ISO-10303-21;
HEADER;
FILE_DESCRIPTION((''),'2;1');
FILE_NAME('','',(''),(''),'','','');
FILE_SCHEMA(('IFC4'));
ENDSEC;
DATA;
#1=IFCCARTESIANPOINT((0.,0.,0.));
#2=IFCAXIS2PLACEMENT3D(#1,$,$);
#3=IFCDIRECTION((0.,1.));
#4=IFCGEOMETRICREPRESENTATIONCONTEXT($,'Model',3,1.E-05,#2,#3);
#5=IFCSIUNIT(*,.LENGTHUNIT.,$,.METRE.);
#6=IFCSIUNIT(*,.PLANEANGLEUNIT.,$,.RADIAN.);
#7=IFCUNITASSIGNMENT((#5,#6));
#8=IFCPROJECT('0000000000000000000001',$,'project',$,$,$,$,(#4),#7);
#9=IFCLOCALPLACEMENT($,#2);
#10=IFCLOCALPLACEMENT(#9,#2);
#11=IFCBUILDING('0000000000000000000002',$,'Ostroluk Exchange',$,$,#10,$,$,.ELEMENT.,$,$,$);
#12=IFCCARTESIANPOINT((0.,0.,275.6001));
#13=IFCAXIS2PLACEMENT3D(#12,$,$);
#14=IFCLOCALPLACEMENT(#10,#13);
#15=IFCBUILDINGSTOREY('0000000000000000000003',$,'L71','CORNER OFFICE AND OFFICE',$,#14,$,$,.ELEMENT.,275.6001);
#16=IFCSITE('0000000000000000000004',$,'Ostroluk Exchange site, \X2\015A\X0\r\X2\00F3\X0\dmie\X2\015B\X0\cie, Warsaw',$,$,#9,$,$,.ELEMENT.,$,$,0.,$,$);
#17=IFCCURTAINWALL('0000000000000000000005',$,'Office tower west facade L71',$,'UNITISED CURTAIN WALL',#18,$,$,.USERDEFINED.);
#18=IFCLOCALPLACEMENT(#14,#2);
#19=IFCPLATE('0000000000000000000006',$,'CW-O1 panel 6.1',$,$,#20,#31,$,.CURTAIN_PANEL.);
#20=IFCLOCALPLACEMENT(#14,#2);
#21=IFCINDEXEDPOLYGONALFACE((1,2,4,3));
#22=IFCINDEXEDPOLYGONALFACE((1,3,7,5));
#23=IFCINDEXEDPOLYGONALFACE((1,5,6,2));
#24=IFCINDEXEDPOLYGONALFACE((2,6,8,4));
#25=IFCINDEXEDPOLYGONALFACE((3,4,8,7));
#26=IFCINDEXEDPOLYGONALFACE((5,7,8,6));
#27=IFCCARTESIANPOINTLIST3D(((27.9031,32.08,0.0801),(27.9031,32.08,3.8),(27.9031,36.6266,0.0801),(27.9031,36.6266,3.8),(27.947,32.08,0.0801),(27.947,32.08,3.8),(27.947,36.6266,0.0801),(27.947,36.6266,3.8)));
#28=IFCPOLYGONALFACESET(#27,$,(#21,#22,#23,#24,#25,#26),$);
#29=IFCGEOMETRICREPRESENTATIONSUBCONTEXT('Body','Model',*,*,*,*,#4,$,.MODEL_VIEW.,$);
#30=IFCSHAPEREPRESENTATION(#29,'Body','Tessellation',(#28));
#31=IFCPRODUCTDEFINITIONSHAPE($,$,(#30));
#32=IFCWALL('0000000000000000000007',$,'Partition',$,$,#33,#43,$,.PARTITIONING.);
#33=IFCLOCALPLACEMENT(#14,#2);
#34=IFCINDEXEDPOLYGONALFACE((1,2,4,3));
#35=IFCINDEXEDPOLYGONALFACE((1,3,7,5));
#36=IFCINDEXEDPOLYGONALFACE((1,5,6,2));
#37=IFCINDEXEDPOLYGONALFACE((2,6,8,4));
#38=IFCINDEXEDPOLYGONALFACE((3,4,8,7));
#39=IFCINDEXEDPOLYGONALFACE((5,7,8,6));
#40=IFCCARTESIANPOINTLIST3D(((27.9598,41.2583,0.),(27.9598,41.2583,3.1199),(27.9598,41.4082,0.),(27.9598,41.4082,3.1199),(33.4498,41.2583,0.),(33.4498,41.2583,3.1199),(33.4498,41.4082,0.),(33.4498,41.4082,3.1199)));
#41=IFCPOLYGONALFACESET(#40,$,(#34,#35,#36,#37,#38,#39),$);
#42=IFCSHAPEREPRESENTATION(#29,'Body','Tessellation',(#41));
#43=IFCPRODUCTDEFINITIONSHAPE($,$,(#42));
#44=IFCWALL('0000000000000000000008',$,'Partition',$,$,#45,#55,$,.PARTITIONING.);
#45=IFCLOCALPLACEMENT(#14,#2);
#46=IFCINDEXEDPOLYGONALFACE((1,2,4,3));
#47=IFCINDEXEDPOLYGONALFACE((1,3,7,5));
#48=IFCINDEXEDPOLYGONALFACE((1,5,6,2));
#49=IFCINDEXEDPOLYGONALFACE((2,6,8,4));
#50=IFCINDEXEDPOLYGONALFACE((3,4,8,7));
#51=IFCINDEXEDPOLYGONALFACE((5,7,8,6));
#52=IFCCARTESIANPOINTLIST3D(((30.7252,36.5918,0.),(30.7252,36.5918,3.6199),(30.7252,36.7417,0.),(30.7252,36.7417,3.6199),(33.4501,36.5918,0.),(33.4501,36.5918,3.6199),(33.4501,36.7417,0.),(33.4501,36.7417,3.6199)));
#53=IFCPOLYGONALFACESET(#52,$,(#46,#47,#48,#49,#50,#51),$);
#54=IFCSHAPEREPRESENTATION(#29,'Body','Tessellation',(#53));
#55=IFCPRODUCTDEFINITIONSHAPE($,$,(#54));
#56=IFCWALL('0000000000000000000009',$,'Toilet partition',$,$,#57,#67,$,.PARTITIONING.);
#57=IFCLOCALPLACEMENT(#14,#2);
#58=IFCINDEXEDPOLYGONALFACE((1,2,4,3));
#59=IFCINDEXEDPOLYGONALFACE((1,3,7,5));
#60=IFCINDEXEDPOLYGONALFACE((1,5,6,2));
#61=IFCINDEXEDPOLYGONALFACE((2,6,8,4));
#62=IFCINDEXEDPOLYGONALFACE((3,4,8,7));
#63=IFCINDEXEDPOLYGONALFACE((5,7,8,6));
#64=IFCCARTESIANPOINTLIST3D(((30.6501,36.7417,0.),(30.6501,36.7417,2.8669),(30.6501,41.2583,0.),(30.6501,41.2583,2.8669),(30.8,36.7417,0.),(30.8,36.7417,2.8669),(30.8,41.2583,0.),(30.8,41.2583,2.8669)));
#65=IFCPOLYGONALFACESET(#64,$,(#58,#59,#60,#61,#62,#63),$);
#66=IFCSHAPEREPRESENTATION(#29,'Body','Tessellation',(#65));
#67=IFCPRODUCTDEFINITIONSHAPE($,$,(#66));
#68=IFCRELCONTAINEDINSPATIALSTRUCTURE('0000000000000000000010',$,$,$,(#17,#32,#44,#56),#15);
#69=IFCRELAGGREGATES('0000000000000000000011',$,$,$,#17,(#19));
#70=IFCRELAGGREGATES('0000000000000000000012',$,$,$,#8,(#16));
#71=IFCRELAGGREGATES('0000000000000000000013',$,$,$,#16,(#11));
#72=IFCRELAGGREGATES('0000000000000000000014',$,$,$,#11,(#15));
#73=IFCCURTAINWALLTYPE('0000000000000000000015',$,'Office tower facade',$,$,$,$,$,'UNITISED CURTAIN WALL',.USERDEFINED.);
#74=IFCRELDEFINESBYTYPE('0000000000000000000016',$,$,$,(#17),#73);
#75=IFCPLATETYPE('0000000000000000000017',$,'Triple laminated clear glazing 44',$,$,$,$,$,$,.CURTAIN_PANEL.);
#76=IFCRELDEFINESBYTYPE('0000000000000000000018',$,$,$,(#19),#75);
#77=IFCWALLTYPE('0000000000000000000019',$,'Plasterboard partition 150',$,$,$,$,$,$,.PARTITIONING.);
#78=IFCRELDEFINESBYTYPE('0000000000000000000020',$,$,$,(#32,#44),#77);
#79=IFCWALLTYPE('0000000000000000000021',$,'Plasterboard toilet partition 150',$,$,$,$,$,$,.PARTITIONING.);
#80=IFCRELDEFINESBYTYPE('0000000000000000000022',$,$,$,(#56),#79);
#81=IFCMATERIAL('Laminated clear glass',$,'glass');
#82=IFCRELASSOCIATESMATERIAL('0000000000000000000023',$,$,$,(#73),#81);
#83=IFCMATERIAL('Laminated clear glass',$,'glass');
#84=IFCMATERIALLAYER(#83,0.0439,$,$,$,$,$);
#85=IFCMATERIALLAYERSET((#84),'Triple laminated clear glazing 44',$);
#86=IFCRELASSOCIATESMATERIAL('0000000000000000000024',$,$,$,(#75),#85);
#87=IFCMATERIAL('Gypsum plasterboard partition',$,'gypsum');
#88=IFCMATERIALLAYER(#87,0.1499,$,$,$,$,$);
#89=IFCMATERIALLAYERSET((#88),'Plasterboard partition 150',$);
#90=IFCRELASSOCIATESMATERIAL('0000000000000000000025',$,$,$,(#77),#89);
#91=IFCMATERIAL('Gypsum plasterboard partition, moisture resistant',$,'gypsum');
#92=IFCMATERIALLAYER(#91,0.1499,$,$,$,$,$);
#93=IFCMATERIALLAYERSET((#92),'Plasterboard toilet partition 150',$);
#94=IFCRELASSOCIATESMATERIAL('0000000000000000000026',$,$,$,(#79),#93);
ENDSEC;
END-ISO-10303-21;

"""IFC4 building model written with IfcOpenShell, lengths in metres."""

from ifc_helpers import new_model, si_unit, direction, frame, frame_2d, origin, origin_2d, place, context, subcontext, project, spatial, rectangle, extrude, material, layer, layer_set, type_object, element, aggregate, save


model = new_model("IFC4")

# Units and contexts
model_context = context("Model", 3, precision=1e-05, world=origin(), true_north=direction((0.0, 1.0)))
body_context = subcontext(model_context, "Body", "Model", "MODEL_VIEW")
ifc_project = project(units=[si_unit("LENGTHUNIT", "METRE"), si_unit("PLANEANGLEUNIT", "RADIAN")], contexts=[model_context])

# Site, building, storey
site_placement = place(None, origin())
site = spatial("IfcSite", under=ifc_project, at=site_placement, Name="Ostroluk Exchange site, Śródmieście, Warsaw", CompositionType="ELEMENT", RefElevation=0.0)
building_placement = place(site_placement, origin())
building = spatial("IfcBuilding", under=site, at=building_placement, Name="Ostroluk Exchange", CompositionType="ELEMENT")
storey_placement = place(building_placement, frame((0.0, 0.0, 275.6001)))
storey = spatial("IfcBuildingStorey", under=building, at=storey_placement, Name="L71", Description="CORNER OFFICE AND OFFICE", CompositionType="ELEMENT", Elevation=275.6001)

# Curtain wall, plate
ifc_material_1 = material(Name="Laminated clear glass", Category="glass")
curtain_wall_type = type_object("IfcCurtainWallType", Name="Office tower facade", ElementType="UNITISED CURTAIN WALL", PredefinedType="USERDEFINED", material=ifc_material_1)
curtain_wall_placement = place(storey_placement, origin())
curtain_wall = element("IfcCurtainWall", 1, at=curtain_wall_placement, inside=storey, type_object=curtain_wall_type, Name="Office tower west facade L71", ObjectType="UNITISED CURTAIN WALL", PredefinedType="USERDEFINED")
ifc_material_2 = material(Name="Laminated clear glass", Category="glass")
ifc_layer_1 = layer(ifc_material_2, 0.0439)
ifc_layer_set_1 = layer_set([ifc_layer_1], Name="Triple laminated clear glazing 44")
plate_type = type_object("IfcPlateType", Name="Triple laminated clear glazing 44", PredefinedType="CURTAIN_PANEL", material=ifc_layer_set_1)
plate_1_placement = place(storey_placement, frame((27.925, 34.3533, 0.0801), z_axis=(0.0, 0.0, 1.0), x_axis=(0.0, -1.0, 0.0)))
plate_1 = element("IfcPlate", 2, at=plate_1_placement, type_object=plate_type, Name="CW-O1 panel 6.1", PredefinedType="CURTAIN_PANEL", context=body_context, shape_type="SweptSolid", body=[
    extrude(rectangle(XDim=4.5466, YDim=0.0439, at=origin_2d()), origin(), (0.0, 0.0, 1.0), 3.72),
])
aggregate(curtain_wall, [plate_1])

# Walls
ifc_material_3 = material(Name="Gypsum plasterboard partition", Category="gypsum")
ifc_layer_2 = layer(ifc_material_3, 0.1499)
ifc_layer_set_2 = layer_set([ifc_layer_2], Name="Plasterboard partition 150")
wall_type_1 = type_object("IfcWallType", Name="Plasterboard partition 150", PredefinedType="PARTITIONING", material=ifc_layer_set_2)
wall_1_placement = place(storey_placement, frame((33.45, 41.3333, 0.0), z_axis=(0.0, 0.0, 1.0), x_axis=(-1.0, 0.0, 0.0)))
element("IfcWall", 3, at=wall_1_placement, inside=storey, type_object=wall_type_1, Name="Partition", PredefinedType="PARTITIONING", context=body_context, shape_type="SweptSolid", body=[
    extrude(rectangle(XDim=5.49, YDim=0.1499, at=frame_2d((2.7451, 0.0))), origin(), (0.0, 0.0, 1.0), 3.1199),
])
wall_2_placement = place(storey_placement, frame((33.45, 36.6667, 0.0), z_axis=(0.0, 0.0, 1.0), x_axis=(-1.0, 0.0, 0.0)))
element("IfcWall", 4, at=wall_2_placement, inside=storey, type_object=wall_type_1, Name="Partition", PredefinedType="PARTITIONING", context=body_context, shape_type="SweptSolid", body=[
    extrude(rectangle(XDim=2.7249, YDim=0.1499, at=frame_2d((1.3623, 0.0))), origin(), (0.0, 0.0, 1.0), 3.6199),
])
ifc_material_4 = material(Name="Gypsum plasterboard partition, moisture resistant", Category="gypsum")
ifc_layer_3 = layer(ifc_material_4, 0.1499)
ifc_layer_set_3 = layer_set([ifc_layer_3], Name="Plasterboard toilet partition 150")
wall_type_2 = type_object("IfcWallType", Name="Plasterboard toilet partition 150", PredefinedType="PARTITIONING", material=ifc_layer_set_3)
wall_3_placement = place(storey_placement, frame((30.7251, 41.2583, 0.0), z_axis=(0.0, 0.0, 1.0), x_axis=(0.0, -1.0, 0.0)))
element("IfcWall", 5, at=wall_3_placement, inside=storey, type_object=wall_type_2, Name="Toilet partition", PredefinedType="PARTITIONING", context=body_context, shape_type="SweptSolid", body=[
    extrude(rectangle(XDim=4.5166, YDim=0.1499, at=frame_2d((2.2583, 0.0))), origin(), (0.0, 0.0, 1.0), 2.8669),
])

save(model, "model.ifc")
